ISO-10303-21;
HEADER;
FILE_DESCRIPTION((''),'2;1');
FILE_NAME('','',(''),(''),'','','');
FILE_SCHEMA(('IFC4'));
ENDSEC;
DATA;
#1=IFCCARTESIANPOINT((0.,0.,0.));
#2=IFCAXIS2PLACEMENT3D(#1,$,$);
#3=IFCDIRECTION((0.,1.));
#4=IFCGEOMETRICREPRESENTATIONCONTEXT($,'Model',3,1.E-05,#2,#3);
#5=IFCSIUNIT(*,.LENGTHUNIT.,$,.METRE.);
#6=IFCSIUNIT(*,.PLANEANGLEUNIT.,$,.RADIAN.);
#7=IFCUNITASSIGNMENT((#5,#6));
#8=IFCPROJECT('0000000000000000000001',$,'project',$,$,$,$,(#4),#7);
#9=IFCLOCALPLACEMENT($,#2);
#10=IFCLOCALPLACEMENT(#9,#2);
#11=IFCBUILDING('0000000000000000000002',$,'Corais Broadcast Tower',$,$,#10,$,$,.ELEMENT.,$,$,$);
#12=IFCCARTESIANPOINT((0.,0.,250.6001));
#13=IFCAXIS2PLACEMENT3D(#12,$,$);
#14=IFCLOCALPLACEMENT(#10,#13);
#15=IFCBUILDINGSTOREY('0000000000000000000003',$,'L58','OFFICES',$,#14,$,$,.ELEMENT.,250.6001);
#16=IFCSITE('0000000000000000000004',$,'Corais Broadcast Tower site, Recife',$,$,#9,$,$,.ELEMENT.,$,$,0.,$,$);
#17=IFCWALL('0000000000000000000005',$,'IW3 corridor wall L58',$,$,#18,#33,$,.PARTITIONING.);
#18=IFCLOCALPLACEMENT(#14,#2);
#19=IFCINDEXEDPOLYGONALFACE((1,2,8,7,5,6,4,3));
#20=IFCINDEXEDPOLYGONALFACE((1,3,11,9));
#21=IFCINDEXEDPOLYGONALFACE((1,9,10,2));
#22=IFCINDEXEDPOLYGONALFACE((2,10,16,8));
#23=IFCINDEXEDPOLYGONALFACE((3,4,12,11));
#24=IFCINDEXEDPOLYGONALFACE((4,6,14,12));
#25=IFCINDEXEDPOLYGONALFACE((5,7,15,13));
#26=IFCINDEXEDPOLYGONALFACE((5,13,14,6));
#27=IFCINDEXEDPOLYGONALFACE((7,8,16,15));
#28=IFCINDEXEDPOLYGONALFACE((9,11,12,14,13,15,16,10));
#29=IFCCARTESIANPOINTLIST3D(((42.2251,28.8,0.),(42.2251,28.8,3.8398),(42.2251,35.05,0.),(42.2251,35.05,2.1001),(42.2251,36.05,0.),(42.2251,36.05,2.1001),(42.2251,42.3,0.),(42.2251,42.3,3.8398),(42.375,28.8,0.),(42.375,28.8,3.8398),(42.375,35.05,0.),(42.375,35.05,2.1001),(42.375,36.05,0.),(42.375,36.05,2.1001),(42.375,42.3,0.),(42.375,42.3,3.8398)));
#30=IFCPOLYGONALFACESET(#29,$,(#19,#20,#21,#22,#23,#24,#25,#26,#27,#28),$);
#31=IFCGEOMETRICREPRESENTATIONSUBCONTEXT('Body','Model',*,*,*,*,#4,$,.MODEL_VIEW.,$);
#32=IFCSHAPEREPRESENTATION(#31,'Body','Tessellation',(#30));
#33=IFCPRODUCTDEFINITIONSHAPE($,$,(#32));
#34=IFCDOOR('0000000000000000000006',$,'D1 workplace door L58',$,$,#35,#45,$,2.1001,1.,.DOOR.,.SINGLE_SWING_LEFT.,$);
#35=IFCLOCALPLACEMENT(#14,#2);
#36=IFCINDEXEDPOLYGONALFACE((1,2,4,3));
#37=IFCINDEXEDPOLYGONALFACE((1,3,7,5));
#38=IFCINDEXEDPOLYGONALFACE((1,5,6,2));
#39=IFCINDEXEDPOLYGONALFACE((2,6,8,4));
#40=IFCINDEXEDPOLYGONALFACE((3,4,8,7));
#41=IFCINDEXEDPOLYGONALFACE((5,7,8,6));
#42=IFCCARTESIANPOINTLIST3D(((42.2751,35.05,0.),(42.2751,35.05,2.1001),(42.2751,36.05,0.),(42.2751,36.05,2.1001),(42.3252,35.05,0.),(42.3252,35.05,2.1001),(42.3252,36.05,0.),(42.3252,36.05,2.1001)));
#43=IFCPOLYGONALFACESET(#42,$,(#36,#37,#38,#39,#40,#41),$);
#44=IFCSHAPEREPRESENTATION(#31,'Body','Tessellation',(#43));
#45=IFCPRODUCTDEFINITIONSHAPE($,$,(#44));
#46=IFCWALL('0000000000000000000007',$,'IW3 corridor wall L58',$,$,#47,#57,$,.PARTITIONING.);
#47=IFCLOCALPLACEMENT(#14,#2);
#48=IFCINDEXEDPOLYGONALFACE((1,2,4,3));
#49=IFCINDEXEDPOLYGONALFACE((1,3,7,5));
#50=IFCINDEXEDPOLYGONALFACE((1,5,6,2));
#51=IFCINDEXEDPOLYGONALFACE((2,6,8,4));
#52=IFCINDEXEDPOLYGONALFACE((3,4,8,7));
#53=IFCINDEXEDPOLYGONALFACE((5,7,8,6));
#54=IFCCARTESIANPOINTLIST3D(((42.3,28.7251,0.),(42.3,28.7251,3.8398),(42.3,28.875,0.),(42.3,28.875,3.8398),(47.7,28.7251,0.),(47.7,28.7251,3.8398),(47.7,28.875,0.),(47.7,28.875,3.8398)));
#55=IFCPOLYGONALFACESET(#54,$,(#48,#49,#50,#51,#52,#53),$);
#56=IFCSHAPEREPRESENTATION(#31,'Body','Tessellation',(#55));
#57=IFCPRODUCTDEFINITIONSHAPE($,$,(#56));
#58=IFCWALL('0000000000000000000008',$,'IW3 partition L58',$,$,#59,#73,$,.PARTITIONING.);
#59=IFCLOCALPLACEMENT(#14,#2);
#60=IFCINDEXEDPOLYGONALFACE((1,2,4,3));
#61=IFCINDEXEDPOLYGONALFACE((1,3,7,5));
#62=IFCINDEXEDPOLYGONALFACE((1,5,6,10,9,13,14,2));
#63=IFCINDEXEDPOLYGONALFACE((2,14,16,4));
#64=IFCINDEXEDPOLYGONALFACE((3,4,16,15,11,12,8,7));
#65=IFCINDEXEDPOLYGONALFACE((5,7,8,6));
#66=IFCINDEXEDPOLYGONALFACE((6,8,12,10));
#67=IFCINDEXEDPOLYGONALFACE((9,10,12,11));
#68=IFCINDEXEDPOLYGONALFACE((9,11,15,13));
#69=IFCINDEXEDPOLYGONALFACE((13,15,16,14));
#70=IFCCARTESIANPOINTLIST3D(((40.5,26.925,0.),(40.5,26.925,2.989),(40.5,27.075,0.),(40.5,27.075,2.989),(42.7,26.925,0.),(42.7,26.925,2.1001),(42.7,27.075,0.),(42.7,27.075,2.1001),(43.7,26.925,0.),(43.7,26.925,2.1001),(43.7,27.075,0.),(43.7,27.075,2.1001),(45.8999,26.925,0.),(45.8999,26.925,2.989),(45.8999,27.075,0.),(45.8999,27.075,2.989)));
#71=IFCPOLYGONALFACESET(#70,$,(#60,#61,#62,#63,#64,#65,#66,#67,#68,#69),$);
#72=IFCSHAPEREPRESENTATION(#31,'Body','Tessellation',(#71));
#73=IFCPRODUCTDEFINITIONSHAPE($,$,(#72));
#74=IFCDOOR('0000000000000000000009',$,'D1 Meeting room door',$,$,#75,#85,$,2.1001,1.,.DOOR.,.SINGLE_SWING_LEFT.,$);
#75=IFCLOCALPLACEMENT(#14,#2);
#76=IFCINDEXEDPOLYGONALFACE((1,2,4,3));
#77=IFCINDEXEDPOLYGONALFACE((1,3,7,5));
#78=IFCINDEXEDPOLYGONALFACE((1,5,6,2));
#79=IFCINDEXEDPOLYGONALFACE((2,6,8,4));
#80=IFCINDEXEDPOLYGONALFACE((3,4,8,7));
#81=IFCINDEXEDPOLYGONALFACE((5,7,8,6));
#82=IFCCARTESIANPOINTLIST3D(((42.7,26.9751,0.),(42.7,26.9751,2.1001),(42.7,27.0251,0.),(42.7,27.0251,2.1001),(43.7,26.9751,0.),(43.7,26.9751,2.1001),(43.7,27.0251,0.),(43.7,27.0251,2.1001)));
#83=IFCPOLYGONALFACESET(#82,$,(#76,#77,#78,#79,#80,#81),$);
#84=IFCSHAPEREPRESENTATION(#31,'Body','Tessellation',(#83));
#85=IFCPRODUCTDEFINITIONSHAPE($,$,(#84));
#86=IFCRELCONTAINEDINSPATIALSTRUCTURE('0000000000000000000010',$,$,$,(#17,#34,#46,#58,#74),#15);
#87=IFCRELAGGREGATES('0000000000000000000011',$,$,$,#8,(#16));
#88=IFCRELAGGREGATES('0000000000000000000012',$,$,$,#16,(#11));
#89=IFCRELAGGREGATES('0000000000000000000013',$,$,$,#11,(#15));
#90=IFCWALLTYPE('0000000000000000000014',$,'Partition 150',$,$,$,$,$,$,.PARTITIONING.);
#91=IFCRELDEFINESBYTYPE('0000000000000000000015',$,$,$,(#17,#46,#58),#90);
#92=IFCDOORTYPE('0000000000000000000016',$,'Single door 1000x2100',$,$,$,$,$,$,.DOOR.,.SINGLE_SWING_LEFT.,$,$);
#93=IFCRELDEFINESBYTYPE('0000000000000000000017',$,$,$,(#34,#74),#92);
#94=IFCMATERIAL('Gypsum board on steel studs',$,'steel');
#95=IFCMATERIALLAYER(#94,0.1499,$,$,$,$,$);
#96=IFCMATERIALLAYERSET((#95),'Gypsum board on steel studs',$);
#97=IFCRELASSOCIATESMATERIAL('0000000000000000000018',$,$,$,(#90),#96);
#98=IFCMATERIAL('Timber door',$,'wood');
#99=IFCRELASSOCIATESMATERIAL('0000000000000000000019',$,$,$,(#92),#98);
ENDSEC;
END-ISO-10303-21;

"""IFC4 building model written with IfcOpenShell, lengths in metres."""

from ifc_helpers import new_model, si_unit, direction, frame, frame_2d, origin, place, context, subcontext, project, spatial, rectangle, extrude, material, layer, layer_set, type_object, element, fill, save


model = new_model("IFC4")

# Units and contexts
model_context = context("Model", 3, precision=1e-05, world=origin(), true_north=direction((0.0, 1.0)))
body_context = subcontext(model_context, "Body", "Model", "MODEL_VIEW")
ifc_project = project(units=[si_unit("LENGTHUNIT", "METRE"), si_unit("PLANEANGLEUNIT", "RADIAN")], contexts=[model_context])

# Site, building, storey
site_placement = place(None, origin())
site = spatial("IfcSite", under=ifc_project, at=site_placement, Name="Corais Broadcast Tower site, Recife", CompositionType="ELEMENT", RefElevation=0.0)
building_placement = place(site_placement, origin())
building = spatial("IfcBuilding", under=site, at=building_placement, Name="Corais Broadcast Tower", CompositionType="ELEMENT")
storey_placement = place(building_placement, frame((0.0, 0.0, 250.6001)))
storey = spatial("IfcBuildingStorey", under=building, at=storey_placement, Name="L58", Description="OFFICES", CompositionType="ELEMENT", Elevation=250.6001)

# Wall, opening, door
ifc_material_1 = material(Name="Gypsum board on steel studs", Category="steel")
ifc_layer_1 = layer(ifc_material_1, 0.1499)
ifc_layer_set_1 = layer_set([ifc_layer_1], Name="Gypsum board on steel studs")
wall_type = type_object("IfcWallType", Name="Partition 150", PredefinedType="PARTITIONING", material=ifc_layer_set_1)
wall_1_placement = place(storey_placement, frame((42.3, 28.8, 0.0), z_axis=(0.0, 0.0, 1.0), x_axis=(0.0, 1.0, 0.0)))
wall_1 = element("IfcWall", 1, at=wall_1_placement, inside=storey, type_object=wall_type, Name="IW3 corridor wall L58", PredefinedType="PARTITIONING", context=body_context, shape_type="SweptSolid", body=[
    extrude(rectangle(XDim=13.5, YDim=0.1499, at=frame_2d((6.75, 0.0))), origin(), (0.0, 0.0, 1.0), 3.8398),
])
opening_1_placement = place(wall_1_placement, frame((6.25, 0.0, 0.0)))
opening_1 = element("IfcOpeningElement", 2, at=opening_1_placement, cuts=wall_1, PredefinedType="OPENING", context=body_context, shape_type="SweptSolid", body=[
    extrude(rectangle(XDim=1.0, YDim=2.1001, at=frame_2d((0.5, 1.05))), frame((0.0, 0.085, 0.0), z_axis=(0.0, -1.0, 0.0), x_axis=(1.0, 0.0, 0.0)), (0.0, 0.0, 1.0), 0.1699),
])
ifc_material_2 = material(Name="Timber door", Category="wood")
door_type = type_object("IfcDoorType", Name="Single door 1000x2100", OperationType="SINGLE_SWING_LEFT", PredefinedType="DOOR", material=ifc_material_2)
door_1_placement = place(opening_1_placement, origin())
door_1 = element("IfcDoor", 3, at=door_1_placement, inside=storey, type_object=door_type, Name="D1 workplace door L58", OperationType="SINGLE_SWING_LEFT", OverallHeight=2.1001, OverallWidth=1.0, PredefinedType="DOOR", context=body_context, shape_type="SweptSolid", body=[
    extrude(rectangle(XDim=1.0, YDim=2.1001, at=frame_2d((0.5, 1.05))), frame((0.0, 0.0249, 0.0), z_axis=(0.0, -1.0, 0.0), x_axis=(1.0, 0.0, 0.0)), (0.0, 0.0, 1.0), 0.05),
])
fill(opening_1, door_1)

# Wall
wall_2_placement = place(storey_placement, frame((47.7, 28.8, 0.0), z_axis=(0.0, 0.0, 1.0), x_axis=(-1.0, 0.0, 0.0)))
element("IfcWall", 4, at=wall_2_placement, inside=storey, type_object=wall_type, Name="IW3 corridor wall L58", PredefinedType="PARTITIONING", context=body_context, shape_type="SweptSolid", body=[
    extrude(rectangle(XDim=5.3999, YDim=0.1499, at=frame_2d((2.7, 0.0))), origin(), (0.0, 0.0, 1.0), 3.8398),
])

# Wall, opening, door
wall_3_placement = place(storey_placement, frame((45.8999, 27.0, 0.0), z_axis=(0.0, 0.0, 1.0), x_axis=(-1.0, 0.0, 0.0)))
wall_3 = element("IfcWall", 5, at=wall_3_placement, inside=storey, type_object=wall_type, Name="IW3 partition L58", PredefinedType="PARTITIONING", context=body_context, shape_type="SweptSolid", body=[
    extrude(rectangle(XDim=5.3999, YDim=0.1499, at=frame_2d((2.7, 0.0))), origin(), (0.0, 0.0, 1.0), 2.989),
])
opening_2_placement = place(wall_3_placement, frame((2.2, 0.0, 0.0)))
opening_2 = element("IfcOpeningElement", 6, at=opening_2_placement, cuts=wall_3, PredefinedType="OPENING", context=body_context, shape_type="SweptSolid", body=[
    extrude(rectangle(XDim=1.0, YDim=2.1001, at=frame_2d((0.5, 1.05))), frame((0.0, 0.085, 0.0), z_axis=(0.0, -1.0, 0.0), x_axis=(1.0, 0.0, 0.0)), (0.0, 0.0, 1.0), 0.1699),
])
door_2_placement = place(opening_2_placement, origin())
door_2 = element("IfcDoor", 7, at=door_2_placement, inside=storey, type_object=door_type, Name="D1 Meeting room door", OperationType="SINGLE_SWING_LEFT", OverallHeight=2.1001, OverallWidth=1.0, PredefinedType="DOOR", context=body_context, shape_type="SweptSolid", body=[
    extrude(rectangle(XDim=1.0, YDim=2.1001, at=frame_2d((0.5, 1.05))), frame((0.0, 0.0249, 0.0), z_axis=(0.0, -1.0, 0.0), x_axis=(1.0, 0.0, 0.0)), (0.0, 0.0, 1.0), 0.05),
])
fill(opening_2, door_2)

save(model, "model.ifc")
